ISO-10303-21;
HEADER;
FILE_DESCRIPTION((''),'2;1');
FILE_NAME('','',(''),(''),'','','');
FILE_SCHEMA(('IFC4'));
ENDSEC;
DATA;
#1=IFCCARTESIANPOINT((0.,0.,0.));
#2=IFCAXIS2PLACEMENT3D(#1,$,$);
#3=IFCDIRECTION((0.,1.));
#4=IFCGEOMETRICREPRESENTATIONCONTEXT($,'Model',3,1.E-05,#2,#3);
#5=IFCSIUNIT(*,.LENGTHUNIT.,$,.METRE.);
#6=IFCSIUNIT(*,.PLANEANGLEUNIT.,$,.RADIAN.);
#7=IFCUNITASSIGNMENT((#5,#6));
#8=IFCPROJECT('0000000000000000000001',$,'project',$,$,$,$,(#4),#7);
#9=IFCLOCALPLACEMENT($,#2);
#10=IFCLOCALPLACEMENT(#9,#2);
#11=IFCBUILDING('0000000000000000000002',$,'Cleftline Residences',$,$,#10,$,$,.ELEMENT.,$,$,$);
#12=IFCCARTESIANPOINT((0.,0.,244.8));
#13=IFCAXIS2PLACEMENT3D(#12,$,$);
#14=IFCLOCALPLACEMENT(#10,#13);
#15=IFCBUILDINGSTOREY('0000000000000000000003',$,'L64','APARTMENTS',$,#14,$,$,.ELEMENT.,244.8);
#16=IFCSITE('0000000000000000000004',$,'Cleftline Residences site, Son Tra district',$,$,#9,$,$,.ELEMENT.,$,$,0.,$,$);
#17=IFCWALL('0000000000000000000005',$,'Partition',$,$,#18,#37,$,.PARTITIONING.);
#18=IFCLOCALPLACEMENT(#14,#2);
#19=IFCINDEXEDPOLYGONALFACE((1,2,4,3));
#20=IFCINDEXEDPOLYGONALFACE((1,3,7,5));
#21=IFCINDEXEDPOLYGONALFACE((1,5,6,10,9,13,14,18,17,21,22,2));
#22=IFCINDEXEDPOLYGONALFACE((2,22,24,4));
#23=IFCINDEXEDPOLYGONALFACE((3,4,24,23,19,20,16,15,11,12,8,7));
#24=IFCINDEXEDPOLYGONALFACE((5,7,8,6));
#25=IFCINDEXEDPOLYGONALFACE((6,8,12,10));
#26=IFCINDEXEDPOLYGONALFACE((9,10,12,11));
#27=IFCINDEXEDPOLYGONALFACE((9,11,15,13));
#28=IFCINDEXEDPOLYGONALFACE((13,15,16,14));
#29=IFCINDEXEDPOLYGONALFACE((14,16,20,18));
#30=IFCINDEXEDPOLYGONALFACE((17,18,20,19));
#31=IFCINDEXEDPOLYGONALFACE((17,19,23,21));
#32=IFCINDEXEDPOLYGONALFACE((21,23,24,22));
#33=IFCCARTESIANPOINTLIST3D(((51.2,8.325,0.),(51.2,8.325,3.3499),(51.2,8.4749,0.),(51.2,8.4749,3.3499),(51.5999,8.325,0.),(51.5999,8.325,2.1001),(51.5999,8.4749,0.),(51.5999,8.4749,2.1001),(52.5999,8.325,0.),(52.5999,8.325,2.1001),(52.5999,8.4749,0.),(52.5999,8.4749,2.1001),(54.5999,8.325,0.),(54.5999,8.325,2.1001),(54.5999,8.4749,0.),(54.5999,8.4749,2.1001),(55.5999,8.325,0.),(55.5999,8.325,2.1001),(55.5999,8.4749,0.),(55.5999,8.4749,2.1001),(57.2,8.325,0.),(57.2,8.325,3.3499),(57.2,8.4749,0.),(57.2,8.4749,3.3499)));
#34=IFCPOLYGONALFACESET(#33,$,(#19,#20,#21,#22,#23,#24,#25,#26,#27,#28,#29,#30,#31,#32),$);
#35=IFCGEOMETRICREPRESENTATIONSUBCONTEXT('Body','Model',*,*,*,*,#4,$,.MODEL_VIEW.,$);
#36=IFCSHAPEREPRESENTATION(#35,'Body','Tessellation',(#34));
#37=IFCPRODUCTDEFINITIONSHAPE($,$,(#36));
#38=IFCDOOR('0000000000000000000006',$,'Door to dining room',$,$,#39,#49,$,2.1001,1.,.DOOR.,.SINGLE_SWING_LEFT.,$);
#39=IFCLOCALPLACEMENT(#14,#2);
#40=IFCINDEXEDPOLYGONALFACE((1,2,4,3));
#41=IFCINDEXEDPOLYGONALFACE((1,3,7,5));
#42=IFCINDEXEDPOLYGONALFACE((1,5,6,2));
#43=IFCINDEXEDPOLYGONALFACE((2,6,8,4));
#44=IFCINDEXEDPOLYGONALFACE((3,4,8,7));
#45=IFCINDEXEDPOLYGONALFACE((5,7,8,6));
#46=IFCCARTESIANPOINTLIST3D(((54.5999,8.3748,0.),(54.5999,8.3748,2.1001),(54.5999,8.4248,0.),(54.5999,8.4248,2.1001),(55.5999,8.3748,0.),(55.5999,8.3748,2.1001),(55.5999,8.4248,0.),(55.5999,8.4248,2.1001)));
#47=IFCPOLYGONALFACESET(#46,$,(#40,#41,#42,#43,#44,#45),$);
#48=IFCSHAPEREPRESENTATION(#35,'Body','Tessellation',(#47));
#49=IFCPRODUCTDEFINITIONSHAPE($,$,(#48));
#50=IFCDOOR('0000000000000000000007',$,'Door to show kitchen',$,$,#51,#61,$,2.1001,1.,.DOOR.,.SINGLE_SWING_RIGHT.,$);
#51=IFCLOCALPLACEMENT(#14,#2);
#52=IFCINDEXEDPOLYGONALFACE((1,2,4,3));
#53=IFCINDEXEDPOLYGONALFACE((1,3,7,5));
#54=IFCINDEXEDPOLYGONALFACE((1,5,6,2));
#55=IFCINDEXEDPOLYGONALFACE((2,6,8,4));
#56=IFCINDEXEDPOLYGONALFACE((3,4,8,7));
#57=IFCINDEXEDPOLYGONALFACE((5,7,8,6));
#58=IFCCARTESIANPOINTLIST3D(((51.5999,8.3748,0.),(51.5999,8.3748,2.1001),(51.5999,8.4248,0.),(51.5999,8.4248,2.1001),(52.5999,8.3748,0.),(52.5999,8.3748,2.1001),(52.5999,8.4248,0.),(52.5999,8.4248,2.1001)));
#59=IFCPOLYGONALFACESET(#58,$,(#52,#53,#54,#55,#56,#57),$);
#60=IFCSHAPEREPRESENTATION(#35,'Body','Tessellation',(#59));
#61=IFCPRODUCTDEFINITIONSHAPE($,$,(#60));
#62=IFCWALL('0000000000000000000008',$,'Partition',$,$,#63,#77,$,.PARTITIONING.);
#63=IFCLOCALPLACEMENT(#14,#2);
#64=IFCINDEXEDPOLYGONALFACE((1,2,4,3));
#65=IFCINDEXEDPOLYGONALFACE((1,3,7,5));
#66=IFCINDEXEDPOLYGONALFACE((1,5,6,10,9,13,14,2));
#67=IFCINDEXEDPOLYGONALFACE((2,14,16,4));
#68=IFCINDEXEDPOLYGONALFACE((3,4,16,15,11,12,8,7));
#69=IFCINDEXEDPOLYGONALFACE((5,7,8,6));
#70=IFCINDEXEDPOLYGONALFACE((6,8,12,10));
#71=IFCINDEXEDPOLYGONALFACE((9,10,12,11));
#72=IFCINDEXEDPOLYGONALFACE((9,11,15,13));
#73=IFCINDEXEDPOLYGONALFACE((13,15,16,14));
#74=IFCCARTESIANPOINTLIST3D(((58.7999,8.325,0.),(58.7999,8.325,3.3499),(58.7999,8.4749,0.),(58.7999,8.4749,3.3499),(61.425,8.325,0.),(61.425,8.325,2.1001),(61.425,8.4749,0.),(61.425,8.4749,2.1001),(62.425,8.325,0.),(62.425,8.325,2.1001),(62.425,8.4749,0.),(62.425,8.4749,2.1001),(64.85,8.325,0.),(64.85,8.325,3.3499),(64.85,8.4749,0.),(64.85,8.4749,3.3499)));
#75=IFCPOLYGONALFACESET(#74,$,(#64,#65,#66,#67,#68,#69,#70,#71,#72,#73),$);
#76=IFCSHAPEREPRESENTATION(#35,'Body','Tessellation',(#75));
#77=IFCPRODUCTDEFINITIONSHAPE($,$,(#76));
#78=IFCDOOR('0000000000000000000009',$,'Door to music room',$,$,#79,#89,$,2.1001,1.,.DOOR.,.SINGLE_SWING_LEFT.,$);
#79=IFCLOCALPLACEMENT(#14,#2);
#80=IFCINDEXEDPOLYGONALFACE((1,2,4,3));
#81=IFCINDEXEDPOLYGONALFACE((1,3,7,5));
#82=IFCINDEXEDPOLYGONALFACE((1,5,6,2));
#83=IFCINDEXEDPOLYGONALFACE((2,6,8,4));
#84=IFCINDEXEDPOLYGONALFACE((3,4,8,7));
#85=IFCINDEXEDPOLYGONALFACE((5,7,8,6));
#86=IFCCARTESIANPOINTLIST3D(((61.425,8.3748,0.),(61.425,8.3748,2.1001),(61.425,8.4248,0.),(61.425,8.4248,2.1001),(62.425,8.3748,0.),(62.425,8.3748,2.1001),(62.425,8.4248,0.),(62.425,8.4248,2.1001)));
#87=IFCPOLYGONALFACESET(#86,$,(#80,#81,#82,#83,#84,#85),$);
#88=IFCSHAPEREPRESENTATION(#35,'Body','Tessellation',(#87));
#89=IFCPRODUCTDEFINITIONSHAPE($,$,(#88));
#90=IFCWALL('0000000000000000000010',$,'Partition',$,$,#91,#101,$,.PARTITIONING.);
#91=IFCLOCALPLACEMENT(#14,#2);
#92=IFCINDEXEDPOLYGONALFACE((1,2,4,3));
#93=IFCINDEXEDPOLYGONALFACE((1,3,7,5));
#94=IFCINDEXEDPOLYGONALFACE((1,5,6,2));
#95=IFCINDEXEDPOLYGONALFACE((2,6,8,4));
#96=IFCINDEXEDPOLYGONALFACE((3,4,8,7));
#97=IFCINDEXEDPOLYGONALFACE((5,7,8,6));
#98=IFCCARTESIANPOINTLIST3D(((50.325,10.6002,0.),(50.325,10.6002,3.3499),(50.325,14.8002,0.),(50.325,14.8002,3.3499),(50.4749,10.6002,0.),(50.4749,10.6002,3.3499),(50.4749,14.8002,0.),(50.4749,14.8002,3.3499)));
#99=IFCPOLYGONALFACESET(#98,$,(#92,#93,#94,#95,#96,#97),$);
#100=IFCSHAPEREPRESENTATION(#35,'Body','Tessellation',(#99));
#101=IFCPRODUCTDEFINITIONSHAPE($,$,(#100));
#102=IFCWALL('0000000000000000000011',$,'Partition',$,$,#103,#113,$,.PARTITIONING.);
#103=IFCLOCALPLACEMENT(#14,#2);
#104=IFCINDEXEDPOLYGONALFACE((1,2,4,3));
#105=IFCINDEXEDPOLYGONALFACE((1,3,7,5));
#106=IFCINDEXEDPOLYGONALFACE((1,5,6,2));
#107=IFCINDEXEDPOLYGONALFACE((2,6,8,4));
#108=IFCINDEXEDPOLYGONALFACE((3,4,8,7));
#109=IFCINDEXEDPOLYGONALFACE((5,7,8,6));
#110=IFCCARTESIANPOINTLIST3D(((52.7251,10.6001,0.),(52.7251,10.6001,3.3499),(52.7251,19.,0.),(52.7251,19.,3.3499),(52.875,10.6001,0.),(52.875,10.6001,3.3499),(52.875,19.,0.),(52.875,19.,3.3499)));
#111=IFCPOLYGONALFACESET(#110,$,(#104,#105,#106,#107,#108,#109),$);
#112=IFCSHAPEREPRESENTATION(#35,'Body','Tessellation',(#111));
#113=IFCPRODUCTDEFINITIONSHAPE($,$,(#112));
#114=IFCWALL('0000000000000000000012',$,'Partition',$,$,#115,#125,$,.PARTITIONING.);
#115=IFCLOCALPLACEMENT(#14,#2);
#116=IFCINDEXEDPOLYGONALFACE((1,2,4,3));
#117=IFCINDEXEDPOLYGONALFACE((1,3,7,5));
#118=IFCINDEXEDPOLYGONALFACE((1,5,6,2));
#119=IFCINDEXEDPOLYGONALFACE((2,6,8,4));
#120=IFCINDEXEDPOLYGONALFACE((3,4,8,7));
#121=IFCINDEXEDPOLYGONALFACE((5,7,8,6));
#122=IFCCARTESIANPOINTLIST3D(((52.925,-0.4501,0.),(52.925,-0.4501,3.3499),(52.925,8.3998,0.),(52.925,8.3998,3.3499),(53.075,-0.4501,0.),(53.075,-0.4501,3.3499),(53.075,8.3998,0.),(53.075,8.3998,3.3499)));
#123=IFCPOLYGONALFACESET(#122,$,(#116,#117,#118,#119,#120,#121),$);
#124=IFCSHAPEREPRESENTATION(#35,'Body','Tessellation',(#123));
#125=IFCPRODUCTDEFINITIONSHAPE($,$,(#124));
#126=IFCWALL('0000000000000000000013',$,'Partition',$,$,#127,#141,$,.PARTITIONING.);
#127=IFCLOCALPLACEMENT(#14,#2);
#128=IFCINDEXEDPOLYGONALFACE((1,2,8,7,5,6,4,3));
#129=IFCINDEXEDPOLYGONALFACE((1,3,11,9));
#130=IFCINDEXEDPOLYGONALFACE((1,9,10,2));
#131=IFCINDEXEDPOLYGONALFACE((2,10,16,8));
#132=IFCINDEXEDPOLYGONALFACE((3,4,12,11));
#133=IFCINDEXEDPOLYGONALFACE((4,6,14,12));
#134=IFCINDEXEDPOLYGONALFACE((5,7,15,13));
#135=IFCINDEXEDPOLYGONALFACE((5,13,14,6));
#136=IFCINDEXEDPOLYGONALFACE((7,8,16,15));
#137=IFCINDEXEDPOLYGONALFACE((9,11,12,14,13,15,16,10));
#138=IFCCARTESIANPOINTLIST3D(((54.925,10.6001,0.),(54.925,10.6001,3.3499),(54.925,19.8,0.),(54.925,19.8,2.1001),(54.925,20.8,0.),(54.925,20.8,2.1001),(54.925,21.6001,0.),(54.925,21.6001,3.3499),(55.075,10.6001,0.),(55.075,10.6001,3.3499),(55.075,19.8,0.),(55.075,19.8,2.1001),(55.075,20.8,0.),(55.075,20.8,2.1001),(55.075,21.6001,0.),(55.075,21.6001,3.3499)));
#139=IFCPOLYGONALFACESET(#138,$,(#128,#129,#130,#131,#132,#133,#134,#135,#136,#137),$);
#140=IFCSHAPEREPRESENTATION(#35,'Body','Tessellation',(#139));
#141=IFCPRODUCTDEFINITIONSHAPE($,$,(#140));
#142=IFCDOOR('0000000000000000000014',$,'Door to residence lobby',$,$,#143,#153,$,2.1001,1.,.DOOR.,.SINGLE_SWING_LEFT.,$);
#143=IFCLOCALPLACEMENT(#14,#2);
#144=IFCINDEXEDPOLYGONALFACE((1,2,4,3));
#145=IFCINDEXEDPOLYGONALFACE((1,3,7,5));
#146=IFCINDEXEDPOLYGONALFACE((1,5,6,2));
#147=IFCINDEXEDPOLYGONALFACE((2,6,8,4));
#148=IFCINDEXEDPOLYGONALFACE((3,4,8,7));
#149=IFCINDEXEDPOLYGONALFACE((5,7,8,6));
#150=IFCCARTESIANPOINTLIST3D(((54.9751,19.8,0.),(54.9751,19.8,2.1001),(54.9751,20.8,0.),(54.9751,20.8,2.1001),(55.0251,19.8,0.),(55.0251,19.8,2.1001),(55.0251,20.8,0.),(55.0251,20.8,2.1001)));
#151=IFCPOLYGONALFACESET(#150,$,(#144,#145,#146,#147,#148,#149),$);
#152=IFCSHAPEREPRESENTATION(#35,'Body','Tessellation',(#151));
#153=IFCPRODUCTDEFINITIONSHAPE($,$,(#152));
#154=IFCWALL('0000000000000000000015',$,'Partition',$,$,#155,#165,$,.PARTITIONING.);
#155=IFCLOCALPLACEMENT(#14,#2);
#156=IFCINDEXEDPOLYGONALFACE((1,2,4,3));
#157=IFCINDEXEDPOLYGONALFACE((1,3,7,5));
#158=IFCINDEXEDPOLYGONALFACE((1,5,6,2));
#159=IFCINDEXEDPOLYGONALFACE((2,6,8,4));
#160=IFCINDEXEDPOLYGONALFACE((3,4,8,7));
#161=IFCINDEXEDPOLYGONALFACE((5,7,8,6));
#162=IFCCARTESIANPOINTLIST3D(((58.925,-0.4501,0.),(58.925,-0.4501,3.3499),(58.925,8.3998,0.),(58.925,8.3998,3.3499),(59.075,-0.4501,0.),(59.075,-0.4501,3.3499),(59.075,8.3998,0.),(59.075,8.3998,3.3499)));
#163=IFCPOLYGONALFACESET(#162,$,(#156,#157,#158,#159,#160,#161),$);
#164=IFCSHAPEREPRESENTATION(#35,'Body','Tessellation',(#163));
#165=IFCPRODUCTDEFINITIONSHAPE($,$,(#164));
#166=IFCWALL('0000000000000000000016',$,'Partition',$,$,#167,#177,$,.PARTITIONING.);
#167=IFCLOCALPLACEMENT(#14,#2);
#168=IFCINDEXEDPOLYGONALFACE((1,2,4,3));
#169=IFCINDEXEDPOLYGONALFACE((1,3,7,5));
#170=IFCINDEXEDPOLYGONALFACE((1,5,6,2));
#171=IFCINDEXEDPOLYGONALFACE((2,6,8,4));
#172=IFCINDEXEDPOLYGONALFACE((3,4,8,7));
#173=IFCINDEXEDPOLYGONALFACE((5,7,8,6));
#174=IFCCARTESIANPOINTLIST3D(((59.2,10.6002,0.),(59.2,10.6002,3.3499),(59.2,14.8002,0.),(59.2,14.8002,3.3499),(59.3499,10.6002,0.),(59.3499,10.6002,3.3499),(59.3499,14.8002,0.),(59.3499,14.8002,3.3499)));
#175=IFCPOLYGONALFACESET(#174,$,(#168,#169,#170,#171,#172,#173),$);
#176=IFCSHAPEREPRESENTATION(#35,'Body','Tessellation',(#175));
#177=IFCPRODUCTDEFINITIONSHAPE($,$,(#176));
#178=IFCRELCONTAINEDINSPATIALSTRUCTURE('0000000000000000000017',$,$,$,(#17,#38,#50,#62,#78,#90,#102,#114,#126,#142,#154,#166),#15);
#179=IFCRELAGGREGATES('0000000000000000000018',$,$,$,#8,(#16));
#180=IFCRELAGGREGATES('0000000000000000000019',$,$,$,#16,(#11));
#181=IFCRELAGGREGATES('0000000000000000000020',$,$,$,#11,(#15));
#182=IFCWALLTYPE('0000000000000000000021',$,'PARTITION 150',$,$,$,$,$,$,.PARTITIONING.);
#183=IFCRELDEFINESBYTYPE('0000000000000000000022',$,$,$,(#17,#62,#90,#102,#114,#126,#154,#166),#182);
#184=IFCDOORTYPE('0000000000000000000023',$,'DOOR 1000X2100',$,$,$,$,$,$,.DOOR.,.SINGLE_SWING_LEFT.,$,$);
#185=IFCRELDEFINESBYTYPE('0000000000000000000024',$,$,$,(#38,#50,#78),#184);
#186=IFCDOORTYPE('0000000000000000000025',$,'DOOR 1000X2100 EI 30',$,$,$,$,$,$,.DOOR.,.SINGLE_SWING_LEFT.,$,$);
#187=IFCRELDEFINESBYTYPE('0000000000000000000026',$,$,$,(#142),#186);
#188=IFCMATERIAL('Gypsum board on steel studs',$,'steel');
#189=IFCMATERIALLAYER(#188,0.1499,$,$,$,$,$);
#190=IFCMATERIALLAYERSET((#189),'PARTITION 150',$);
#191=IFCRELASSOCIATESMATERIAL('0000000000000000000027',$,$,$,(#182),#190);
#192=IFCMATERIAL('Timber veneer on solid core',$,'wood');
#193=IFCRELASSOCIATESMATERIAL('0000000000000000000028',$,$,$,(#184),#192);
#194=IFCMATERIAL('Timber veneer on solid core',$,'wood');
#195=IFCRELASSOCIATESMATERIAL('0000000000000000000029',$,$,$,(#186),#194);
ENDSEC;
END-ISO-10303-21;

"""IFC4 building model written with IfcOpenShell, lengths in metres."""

from ifc_helpers import new_model, si_unit, direction, frame, frame_2d, origin, place, context, subcontext, project, spatial, rectangle, extrude, material, layer, layer_set, type_object, element, fill, save


model = new_model("IFC4")

# Units and contexts
model_context = context("Model", 3, precision=1e-05, world=origin(), true_north=direction((0.0, 1.0)))
body_context = subcontext(model_context, "Body", "Model", "MODEL_VIEW")
ifc_project = project(units=[si_unit("LENGTHUNIT", "METRE"), si_unit("PLANEANGLEUNIT", "RADIAN")], contexts=[model_context])

# Site, building, storey
site_placement = place(None, origin())
site = spatial("IfcSite", under=ifc_project, at=site_placement, Name="Cleftline Residences site, Son Tra district", CompositionType="ELEMENT", RefElevation=0.0)
building_placement = place(site_placement, origin())
building = spatial("IfcBuilding", under=site, at=building_placement, Name="Cleftline Residences", CompositionType="ELEMENT")
storey_placement = place(building_placement, frame((0.0, 0.0, 244.8)))
storey = spatial("IfcBuildingStorey", under=building, at=storey_placement, Name="L64", Description="APARTMENTS", CompositionType="ELEMENT", Elevation=244.8)

# Wall, openings, doors
ifc_material_1 = material(Name="Gypsum board on steel studs", Category="steel")
ifc_layer_1 = layer(ifc_material_1, 0.1499)
ifc_layer_set_1 = layer_set([ifc_layer_1], Name="PARTITION 150")
wall_type_1 = type_object("IfcWallType", Name="PARTITION 150", PredefinedType="PARTITIONING", material=ifc_layer_set_1)
wall_1_placement = place(storey_placement, frame((51.2, 8.3999, 0.0), z_axis=(0.0, 0.0, 1.0), x_axis=(1.0, 0.0, 0.0)))
wall_1 = element("IfcWall", 1, at=wall_1_placement, inside=storey, type_object=wall_type_1, Name="Partition", PredefinedType="PARTITIONING", context=body_context, shape_type="SweptSolid", body=[
    extrude(rectangle(XDim=6.0, YDim=0.1499, at=frame_2d((3.0, 0.0))), origin(), (0.0, 0.0, 1.0), 3.3499),
])
opening_1_placement = place(wall_1_placement, frame((3.3999, 0.0, 0.0)))
opening_1 = element("IfcOpeningElement", 2, at=opening_1_placement, cuts=wall_1, PredefinedType="OPENING", context=body_context, shape_type="SweptSolid", body=[
    extrude(rectangle(XDim=1.0, YDim=2.1001, at=frame_2d((0.5, 1.05))), frame((0.0, 0.085, 0.0), z_axis=(0.0, -1.0, 0.0), x_axis=(1.0, 0.0, 0.0)), (0.0, 0.0, 1.0), 0.1699),
])
opening_2_placement = place(wall_1_placement, frame((0.3999, 0.0, 0.0)))
opening_2 = element("IfcOpeningElement", 3, at=opening_2_placement, cuts=wall_1, PredefinedType="OPENING", context=body_context, shape_type="SweptSolid", body=[
    extrude(rectangle(XDim=1.0, YDim=2.1001, at=frame_2d((0.5, 1.05))), frame((0.0, 0.085, 0.0), z_axis=(0.0, -1.0, 0.0), x_axis=(1.0, 0.0, 0.0)), (0.0, 0.0, 1.0), 0.1699),
])
ifc_material_2 = material(Name="Timber veneer on solid core", Category="wood")
door_type_1 = type_object("IfcDoorType", Name="DOOR 1000X2100", OperationType="SINGLE_SWING_LEFT", PredefinedType="DOOR", material=ifc_material_2)
door_1_placement = place(opening_1_placement, origin())
door_1 = element("IfcDoor", 4, at=door_1_placement, inside=storey, type_object=door_type_1, Name="Door to dining room", OperationType="SINGLE_SWING_LEFT", OverallHeight=2.1001, OverallWidth=1.0, PredefinedType="DOOR", context=body_context, shape_type="SweptSolid", body=[
    extrude(rectangle(XDim=1.0, YDim=2.1001, at=frame_2d((0.5, 1.05))), frame((0.0, 0.0249, 0.0), z_axis=(0.0, -1.0, 0.0), x_axis=(1.0, 0.0, 0.0)), (0.0, 0.0, 1.0), 0.05),
])
fill(opening_1, door_1)
door_2_placement = place(opening_2_placement, origin())
door_2 = element("IfcDoor", 5, at=door_2_placement, inside=storey, type_object=door_type_1, Name="Door to show kitchen", OperationType="SINGLE_SWING_RIGHT", OverallHeight=2.1001, OverallWidth=1.0, PredefinedType="DOOR", context=body_context, shape_type="SweptSolid", body=[
    extrude(rectangle(XDim=1.0, YDim=2.1001, at=frame_2d((0.5, 1.05))), frame((0.0, 0.0249, 0.0), z_axis=(0.0, -1.0, 0.0), x_axis=(1.0, 0.0, 0.0)), (0.0, 0.0, 1.0), 0.05),
])
fill(opening_2, door_2)

# Wall, opening, door
wall_2_placement = place(storey_placement, frame((58.8, 8.3999, 0.0), z_axis=(0.0, 0.0, 1.0), x_axis=(1.0, 0.0, 0.0)))
wall_2 = element("IfcWall", 6, at=wall_2_placement, inside=storey, type_object=wall_type_1, Name="Partition", PredefinedType="PARTITIONING", context=body_context, shape_type="SweptSolid", body=[
    extrude(rectangle(XDim=6.05, YDim=0.1499, at=frame_2d((3.0249, 0.0))), origin(), (0.0, 0.0, 1.0), 3.3499),
])
opening_3_placement = place(wall_2_placement, frame((2.625, 0.0, 0.0)))
opening_3 = element("IfcOpeningElement", 7, at=opening_3_placement, cuts=wall_2, PredefinedType="OPENING", context=body_context, shape_type="SweptSolid", body=[
    extrude(rectangle(XDim=1.0, YDim=2.1001, at=frame_2d((0.5, 1.05))), frame((0.0, 0.085, 0.0), z_axis=(0.0, -1.0, 0.0), x_axis=(1.0, 0.0, 0.0)), (0.0, 0.0, 1.0), 0.1699),
])
door_3_placement = place(opening_3_placement, origin())
door_3 = element("IfcDoor", 8, at=door_3_placement, inside=storey, type_object=door_type_1, Name="Door to music room", OperationType="SINGLE_SWING_LEFT", OverallHeight=2.1001, OverallWidth=1.0, PredefinedType="DOOR", context=body_context, shape_type="SweptSolid", body=[
    extrude(rectangle(XDim=1.0, YDim=2.1001, at=frame_2d((0.5, 1.05))), frame((0.0, 0.0249, 0.0), z_axis=(0.0, -1.0, 0.0), x_axis=(1.0, 0.0, 0.0)), (0.0, 0.0, 1.0), 0.05),
])
fill(opening_3, door_3)

# Walls
wall_3_placement = place(storey_placement, frame((50.3999, 10.6001, 0.0), z_axis=(0.0, 0.0, 1.0), x_axis=(0.0, 1.0, 0.0)))
element("IfcWall", 9, at=wall_3_placement, inside=storey, type_object=wall_type_1, Name="Partition", PredefinedType="PARTITIONING", context=body_context, shape_type="SweptSolid", body=[
    extrude(rectangle(XDim=4.2, YDim=0.1499, at=frame_2d((2.1001, 0.0))), origin(), (0.0, 0.0, 1.0), 3.3499),
])
wall_4_placement = place(storey_placement, frame((52.8, 10.6001, 0.0), z_axis=(0.0, 0.0, 1.0), x_axis=(0.0, 1.0, 0.0)))
element("IfcWall", 10, at=wall_4_placement, inside=storey, type_object=wall_type_1, Name="Partition", PredefinedType="PARTITIONING", context=body_context, shape_type="SweptSolid", body=[
    extrude(rectangle(XDim=8.3999, YDim=0.1499, at=frame_2d((4.2, 0.0))), origin(), (0.0, 0.0, 1.0), 3.3499),
])
wall_5_placement = place(storey_placement, frame((53.0, -0.45, 0.0), z_axis=(0.0, 0.0, 1.0), x_axis=(0.0, 1.0, 0.0)))
element("IfcWall", 11, at=wall_5_placement, inside=storey, type_object=wall_type_1, Name="Partition", PredefinedType="PARTITIONING", context=body_context, shape_type="SweptSolid", body=[
    extrude(rectangle(XDim=8.8499, YDim=0.1499, at=frame_2d((4.4248, 0.0))), origin(), (0.0, 0.0, 1.0), 3.3499),
])

# Wall, opening, door
wall_6_placement = place(storey_placement, frame((55.0, 10.6001, 0.0), z_axis=(0.0, 0.0, 1.0), x_axis=(0.0, 1.0, 0.0)))
wall_6 = element("IfcWall", 12, at=wall_6_placement, inside=storey, type_object=wall_type_1, Name="Partition", PredefinedType="PARTITIONING", context=body_context, shape_type="SweptSolid", body=[
    extrude(rectangle(XDim=11.0, YDim=0.1499, at=frame_2d((5.5, 0.0))), origin(), (0.0, 0.0, 1.0), 3.3499),
])
opening_4_placement = place(wall_6_placement, frame((9.2, 0.0, 0.0)))
opening_4 = element("IfcOpeningElement", 13, at=opening_4_placement, cuts=wall_6, PredefinedType="OPENING", context=body_context, shape_type="SweptSolid", body=[
    extrude(rectangle(XDim=1.0, YDim=2.1001, at=frame_2d((0.5, 1.05))), frame((0.0, 0.085, 0.0), z_axis=(0.0, -1.0, 0.0), x_axis=(1.0, 0.0, 0.0)), (0.0, 0.0, 1.0), 0.1699),
])
ifc_material_3 = material(Name="Timber veneer on solid core", Category="wood")
door_type_2 = type_object("IfcDoorType", Name="DOOR 1000X2100 EI 30", OperationType="SINGLE_SWING_LEFT", PredefinedType="DOOR", material=ifc_material_3)
door_4_placement = place(opening_4_placement, origin())
door_4 = element("IfcDoor", 14, at=door_4_placement, inside=storey, type_object=door_type_2, Name="Door to residence lobby", OperationType="SINGLE_SWING_LEFT", OverallHeight=2.1001, OverallWidth=1.0, PredefinedType="DOOR", context=body_context, shape_type="SweptSolid", body=[
    extrude(rectangle(XDim=1.0, YDim=2.1001, at=frame_2d((0.5, 1.05))), frame((0.0, 0.0249, 0.0), z_axis=(0.0, -1.0, 0.0), x_axis=(1.0, 0.0, 0.0)), (0.0, 0.0, 1.0), 0.05),
])
fill(opening_4, door_4)

# Walls
wall_7_placement = place(storey_placement, frame((59.0, -0.45, 0.0), z_axis=(0.0, 0.0, 1.0), x_axis=(0.0, 1.0, 0.0)))
element("IfcWall", 15, at=wall_7_placement, inside=storey, type_object=wall_type_1, Name="Partition", PredefinedType="PARTITIONING", context=body_context, shape_type="SweptSolid", body=[
    extrude(rectangle(XDim=8.8499, YDim=0.1499, at=frame_2d((4.4248, 0.0))), origin(), (0.0, 0.0, 1.0), 3.3499),
])
wall_8_placement = place(storey_placement, frame((59.2749, 10.6001, 0.0), z_axis=(0.0, 0.0, 1.0), x_axis=(0.0, 1.0, 0.0)))
element("IfcWall", 16, at=wall_8_placement, inside=storey, type_object=wall_type_1, Name="Partition", PredefinedType="PARTITIONING", context=body_context, shape_type="SweptSolid", body=[
    extrude(rectangle(XDim=4.2, YDim=0.1499, at=frame_2d((2.1001, 0.0))), origin(), (0.0, 0.0, 1.0), 3.3499),
])

save(model, "model.ifc")
